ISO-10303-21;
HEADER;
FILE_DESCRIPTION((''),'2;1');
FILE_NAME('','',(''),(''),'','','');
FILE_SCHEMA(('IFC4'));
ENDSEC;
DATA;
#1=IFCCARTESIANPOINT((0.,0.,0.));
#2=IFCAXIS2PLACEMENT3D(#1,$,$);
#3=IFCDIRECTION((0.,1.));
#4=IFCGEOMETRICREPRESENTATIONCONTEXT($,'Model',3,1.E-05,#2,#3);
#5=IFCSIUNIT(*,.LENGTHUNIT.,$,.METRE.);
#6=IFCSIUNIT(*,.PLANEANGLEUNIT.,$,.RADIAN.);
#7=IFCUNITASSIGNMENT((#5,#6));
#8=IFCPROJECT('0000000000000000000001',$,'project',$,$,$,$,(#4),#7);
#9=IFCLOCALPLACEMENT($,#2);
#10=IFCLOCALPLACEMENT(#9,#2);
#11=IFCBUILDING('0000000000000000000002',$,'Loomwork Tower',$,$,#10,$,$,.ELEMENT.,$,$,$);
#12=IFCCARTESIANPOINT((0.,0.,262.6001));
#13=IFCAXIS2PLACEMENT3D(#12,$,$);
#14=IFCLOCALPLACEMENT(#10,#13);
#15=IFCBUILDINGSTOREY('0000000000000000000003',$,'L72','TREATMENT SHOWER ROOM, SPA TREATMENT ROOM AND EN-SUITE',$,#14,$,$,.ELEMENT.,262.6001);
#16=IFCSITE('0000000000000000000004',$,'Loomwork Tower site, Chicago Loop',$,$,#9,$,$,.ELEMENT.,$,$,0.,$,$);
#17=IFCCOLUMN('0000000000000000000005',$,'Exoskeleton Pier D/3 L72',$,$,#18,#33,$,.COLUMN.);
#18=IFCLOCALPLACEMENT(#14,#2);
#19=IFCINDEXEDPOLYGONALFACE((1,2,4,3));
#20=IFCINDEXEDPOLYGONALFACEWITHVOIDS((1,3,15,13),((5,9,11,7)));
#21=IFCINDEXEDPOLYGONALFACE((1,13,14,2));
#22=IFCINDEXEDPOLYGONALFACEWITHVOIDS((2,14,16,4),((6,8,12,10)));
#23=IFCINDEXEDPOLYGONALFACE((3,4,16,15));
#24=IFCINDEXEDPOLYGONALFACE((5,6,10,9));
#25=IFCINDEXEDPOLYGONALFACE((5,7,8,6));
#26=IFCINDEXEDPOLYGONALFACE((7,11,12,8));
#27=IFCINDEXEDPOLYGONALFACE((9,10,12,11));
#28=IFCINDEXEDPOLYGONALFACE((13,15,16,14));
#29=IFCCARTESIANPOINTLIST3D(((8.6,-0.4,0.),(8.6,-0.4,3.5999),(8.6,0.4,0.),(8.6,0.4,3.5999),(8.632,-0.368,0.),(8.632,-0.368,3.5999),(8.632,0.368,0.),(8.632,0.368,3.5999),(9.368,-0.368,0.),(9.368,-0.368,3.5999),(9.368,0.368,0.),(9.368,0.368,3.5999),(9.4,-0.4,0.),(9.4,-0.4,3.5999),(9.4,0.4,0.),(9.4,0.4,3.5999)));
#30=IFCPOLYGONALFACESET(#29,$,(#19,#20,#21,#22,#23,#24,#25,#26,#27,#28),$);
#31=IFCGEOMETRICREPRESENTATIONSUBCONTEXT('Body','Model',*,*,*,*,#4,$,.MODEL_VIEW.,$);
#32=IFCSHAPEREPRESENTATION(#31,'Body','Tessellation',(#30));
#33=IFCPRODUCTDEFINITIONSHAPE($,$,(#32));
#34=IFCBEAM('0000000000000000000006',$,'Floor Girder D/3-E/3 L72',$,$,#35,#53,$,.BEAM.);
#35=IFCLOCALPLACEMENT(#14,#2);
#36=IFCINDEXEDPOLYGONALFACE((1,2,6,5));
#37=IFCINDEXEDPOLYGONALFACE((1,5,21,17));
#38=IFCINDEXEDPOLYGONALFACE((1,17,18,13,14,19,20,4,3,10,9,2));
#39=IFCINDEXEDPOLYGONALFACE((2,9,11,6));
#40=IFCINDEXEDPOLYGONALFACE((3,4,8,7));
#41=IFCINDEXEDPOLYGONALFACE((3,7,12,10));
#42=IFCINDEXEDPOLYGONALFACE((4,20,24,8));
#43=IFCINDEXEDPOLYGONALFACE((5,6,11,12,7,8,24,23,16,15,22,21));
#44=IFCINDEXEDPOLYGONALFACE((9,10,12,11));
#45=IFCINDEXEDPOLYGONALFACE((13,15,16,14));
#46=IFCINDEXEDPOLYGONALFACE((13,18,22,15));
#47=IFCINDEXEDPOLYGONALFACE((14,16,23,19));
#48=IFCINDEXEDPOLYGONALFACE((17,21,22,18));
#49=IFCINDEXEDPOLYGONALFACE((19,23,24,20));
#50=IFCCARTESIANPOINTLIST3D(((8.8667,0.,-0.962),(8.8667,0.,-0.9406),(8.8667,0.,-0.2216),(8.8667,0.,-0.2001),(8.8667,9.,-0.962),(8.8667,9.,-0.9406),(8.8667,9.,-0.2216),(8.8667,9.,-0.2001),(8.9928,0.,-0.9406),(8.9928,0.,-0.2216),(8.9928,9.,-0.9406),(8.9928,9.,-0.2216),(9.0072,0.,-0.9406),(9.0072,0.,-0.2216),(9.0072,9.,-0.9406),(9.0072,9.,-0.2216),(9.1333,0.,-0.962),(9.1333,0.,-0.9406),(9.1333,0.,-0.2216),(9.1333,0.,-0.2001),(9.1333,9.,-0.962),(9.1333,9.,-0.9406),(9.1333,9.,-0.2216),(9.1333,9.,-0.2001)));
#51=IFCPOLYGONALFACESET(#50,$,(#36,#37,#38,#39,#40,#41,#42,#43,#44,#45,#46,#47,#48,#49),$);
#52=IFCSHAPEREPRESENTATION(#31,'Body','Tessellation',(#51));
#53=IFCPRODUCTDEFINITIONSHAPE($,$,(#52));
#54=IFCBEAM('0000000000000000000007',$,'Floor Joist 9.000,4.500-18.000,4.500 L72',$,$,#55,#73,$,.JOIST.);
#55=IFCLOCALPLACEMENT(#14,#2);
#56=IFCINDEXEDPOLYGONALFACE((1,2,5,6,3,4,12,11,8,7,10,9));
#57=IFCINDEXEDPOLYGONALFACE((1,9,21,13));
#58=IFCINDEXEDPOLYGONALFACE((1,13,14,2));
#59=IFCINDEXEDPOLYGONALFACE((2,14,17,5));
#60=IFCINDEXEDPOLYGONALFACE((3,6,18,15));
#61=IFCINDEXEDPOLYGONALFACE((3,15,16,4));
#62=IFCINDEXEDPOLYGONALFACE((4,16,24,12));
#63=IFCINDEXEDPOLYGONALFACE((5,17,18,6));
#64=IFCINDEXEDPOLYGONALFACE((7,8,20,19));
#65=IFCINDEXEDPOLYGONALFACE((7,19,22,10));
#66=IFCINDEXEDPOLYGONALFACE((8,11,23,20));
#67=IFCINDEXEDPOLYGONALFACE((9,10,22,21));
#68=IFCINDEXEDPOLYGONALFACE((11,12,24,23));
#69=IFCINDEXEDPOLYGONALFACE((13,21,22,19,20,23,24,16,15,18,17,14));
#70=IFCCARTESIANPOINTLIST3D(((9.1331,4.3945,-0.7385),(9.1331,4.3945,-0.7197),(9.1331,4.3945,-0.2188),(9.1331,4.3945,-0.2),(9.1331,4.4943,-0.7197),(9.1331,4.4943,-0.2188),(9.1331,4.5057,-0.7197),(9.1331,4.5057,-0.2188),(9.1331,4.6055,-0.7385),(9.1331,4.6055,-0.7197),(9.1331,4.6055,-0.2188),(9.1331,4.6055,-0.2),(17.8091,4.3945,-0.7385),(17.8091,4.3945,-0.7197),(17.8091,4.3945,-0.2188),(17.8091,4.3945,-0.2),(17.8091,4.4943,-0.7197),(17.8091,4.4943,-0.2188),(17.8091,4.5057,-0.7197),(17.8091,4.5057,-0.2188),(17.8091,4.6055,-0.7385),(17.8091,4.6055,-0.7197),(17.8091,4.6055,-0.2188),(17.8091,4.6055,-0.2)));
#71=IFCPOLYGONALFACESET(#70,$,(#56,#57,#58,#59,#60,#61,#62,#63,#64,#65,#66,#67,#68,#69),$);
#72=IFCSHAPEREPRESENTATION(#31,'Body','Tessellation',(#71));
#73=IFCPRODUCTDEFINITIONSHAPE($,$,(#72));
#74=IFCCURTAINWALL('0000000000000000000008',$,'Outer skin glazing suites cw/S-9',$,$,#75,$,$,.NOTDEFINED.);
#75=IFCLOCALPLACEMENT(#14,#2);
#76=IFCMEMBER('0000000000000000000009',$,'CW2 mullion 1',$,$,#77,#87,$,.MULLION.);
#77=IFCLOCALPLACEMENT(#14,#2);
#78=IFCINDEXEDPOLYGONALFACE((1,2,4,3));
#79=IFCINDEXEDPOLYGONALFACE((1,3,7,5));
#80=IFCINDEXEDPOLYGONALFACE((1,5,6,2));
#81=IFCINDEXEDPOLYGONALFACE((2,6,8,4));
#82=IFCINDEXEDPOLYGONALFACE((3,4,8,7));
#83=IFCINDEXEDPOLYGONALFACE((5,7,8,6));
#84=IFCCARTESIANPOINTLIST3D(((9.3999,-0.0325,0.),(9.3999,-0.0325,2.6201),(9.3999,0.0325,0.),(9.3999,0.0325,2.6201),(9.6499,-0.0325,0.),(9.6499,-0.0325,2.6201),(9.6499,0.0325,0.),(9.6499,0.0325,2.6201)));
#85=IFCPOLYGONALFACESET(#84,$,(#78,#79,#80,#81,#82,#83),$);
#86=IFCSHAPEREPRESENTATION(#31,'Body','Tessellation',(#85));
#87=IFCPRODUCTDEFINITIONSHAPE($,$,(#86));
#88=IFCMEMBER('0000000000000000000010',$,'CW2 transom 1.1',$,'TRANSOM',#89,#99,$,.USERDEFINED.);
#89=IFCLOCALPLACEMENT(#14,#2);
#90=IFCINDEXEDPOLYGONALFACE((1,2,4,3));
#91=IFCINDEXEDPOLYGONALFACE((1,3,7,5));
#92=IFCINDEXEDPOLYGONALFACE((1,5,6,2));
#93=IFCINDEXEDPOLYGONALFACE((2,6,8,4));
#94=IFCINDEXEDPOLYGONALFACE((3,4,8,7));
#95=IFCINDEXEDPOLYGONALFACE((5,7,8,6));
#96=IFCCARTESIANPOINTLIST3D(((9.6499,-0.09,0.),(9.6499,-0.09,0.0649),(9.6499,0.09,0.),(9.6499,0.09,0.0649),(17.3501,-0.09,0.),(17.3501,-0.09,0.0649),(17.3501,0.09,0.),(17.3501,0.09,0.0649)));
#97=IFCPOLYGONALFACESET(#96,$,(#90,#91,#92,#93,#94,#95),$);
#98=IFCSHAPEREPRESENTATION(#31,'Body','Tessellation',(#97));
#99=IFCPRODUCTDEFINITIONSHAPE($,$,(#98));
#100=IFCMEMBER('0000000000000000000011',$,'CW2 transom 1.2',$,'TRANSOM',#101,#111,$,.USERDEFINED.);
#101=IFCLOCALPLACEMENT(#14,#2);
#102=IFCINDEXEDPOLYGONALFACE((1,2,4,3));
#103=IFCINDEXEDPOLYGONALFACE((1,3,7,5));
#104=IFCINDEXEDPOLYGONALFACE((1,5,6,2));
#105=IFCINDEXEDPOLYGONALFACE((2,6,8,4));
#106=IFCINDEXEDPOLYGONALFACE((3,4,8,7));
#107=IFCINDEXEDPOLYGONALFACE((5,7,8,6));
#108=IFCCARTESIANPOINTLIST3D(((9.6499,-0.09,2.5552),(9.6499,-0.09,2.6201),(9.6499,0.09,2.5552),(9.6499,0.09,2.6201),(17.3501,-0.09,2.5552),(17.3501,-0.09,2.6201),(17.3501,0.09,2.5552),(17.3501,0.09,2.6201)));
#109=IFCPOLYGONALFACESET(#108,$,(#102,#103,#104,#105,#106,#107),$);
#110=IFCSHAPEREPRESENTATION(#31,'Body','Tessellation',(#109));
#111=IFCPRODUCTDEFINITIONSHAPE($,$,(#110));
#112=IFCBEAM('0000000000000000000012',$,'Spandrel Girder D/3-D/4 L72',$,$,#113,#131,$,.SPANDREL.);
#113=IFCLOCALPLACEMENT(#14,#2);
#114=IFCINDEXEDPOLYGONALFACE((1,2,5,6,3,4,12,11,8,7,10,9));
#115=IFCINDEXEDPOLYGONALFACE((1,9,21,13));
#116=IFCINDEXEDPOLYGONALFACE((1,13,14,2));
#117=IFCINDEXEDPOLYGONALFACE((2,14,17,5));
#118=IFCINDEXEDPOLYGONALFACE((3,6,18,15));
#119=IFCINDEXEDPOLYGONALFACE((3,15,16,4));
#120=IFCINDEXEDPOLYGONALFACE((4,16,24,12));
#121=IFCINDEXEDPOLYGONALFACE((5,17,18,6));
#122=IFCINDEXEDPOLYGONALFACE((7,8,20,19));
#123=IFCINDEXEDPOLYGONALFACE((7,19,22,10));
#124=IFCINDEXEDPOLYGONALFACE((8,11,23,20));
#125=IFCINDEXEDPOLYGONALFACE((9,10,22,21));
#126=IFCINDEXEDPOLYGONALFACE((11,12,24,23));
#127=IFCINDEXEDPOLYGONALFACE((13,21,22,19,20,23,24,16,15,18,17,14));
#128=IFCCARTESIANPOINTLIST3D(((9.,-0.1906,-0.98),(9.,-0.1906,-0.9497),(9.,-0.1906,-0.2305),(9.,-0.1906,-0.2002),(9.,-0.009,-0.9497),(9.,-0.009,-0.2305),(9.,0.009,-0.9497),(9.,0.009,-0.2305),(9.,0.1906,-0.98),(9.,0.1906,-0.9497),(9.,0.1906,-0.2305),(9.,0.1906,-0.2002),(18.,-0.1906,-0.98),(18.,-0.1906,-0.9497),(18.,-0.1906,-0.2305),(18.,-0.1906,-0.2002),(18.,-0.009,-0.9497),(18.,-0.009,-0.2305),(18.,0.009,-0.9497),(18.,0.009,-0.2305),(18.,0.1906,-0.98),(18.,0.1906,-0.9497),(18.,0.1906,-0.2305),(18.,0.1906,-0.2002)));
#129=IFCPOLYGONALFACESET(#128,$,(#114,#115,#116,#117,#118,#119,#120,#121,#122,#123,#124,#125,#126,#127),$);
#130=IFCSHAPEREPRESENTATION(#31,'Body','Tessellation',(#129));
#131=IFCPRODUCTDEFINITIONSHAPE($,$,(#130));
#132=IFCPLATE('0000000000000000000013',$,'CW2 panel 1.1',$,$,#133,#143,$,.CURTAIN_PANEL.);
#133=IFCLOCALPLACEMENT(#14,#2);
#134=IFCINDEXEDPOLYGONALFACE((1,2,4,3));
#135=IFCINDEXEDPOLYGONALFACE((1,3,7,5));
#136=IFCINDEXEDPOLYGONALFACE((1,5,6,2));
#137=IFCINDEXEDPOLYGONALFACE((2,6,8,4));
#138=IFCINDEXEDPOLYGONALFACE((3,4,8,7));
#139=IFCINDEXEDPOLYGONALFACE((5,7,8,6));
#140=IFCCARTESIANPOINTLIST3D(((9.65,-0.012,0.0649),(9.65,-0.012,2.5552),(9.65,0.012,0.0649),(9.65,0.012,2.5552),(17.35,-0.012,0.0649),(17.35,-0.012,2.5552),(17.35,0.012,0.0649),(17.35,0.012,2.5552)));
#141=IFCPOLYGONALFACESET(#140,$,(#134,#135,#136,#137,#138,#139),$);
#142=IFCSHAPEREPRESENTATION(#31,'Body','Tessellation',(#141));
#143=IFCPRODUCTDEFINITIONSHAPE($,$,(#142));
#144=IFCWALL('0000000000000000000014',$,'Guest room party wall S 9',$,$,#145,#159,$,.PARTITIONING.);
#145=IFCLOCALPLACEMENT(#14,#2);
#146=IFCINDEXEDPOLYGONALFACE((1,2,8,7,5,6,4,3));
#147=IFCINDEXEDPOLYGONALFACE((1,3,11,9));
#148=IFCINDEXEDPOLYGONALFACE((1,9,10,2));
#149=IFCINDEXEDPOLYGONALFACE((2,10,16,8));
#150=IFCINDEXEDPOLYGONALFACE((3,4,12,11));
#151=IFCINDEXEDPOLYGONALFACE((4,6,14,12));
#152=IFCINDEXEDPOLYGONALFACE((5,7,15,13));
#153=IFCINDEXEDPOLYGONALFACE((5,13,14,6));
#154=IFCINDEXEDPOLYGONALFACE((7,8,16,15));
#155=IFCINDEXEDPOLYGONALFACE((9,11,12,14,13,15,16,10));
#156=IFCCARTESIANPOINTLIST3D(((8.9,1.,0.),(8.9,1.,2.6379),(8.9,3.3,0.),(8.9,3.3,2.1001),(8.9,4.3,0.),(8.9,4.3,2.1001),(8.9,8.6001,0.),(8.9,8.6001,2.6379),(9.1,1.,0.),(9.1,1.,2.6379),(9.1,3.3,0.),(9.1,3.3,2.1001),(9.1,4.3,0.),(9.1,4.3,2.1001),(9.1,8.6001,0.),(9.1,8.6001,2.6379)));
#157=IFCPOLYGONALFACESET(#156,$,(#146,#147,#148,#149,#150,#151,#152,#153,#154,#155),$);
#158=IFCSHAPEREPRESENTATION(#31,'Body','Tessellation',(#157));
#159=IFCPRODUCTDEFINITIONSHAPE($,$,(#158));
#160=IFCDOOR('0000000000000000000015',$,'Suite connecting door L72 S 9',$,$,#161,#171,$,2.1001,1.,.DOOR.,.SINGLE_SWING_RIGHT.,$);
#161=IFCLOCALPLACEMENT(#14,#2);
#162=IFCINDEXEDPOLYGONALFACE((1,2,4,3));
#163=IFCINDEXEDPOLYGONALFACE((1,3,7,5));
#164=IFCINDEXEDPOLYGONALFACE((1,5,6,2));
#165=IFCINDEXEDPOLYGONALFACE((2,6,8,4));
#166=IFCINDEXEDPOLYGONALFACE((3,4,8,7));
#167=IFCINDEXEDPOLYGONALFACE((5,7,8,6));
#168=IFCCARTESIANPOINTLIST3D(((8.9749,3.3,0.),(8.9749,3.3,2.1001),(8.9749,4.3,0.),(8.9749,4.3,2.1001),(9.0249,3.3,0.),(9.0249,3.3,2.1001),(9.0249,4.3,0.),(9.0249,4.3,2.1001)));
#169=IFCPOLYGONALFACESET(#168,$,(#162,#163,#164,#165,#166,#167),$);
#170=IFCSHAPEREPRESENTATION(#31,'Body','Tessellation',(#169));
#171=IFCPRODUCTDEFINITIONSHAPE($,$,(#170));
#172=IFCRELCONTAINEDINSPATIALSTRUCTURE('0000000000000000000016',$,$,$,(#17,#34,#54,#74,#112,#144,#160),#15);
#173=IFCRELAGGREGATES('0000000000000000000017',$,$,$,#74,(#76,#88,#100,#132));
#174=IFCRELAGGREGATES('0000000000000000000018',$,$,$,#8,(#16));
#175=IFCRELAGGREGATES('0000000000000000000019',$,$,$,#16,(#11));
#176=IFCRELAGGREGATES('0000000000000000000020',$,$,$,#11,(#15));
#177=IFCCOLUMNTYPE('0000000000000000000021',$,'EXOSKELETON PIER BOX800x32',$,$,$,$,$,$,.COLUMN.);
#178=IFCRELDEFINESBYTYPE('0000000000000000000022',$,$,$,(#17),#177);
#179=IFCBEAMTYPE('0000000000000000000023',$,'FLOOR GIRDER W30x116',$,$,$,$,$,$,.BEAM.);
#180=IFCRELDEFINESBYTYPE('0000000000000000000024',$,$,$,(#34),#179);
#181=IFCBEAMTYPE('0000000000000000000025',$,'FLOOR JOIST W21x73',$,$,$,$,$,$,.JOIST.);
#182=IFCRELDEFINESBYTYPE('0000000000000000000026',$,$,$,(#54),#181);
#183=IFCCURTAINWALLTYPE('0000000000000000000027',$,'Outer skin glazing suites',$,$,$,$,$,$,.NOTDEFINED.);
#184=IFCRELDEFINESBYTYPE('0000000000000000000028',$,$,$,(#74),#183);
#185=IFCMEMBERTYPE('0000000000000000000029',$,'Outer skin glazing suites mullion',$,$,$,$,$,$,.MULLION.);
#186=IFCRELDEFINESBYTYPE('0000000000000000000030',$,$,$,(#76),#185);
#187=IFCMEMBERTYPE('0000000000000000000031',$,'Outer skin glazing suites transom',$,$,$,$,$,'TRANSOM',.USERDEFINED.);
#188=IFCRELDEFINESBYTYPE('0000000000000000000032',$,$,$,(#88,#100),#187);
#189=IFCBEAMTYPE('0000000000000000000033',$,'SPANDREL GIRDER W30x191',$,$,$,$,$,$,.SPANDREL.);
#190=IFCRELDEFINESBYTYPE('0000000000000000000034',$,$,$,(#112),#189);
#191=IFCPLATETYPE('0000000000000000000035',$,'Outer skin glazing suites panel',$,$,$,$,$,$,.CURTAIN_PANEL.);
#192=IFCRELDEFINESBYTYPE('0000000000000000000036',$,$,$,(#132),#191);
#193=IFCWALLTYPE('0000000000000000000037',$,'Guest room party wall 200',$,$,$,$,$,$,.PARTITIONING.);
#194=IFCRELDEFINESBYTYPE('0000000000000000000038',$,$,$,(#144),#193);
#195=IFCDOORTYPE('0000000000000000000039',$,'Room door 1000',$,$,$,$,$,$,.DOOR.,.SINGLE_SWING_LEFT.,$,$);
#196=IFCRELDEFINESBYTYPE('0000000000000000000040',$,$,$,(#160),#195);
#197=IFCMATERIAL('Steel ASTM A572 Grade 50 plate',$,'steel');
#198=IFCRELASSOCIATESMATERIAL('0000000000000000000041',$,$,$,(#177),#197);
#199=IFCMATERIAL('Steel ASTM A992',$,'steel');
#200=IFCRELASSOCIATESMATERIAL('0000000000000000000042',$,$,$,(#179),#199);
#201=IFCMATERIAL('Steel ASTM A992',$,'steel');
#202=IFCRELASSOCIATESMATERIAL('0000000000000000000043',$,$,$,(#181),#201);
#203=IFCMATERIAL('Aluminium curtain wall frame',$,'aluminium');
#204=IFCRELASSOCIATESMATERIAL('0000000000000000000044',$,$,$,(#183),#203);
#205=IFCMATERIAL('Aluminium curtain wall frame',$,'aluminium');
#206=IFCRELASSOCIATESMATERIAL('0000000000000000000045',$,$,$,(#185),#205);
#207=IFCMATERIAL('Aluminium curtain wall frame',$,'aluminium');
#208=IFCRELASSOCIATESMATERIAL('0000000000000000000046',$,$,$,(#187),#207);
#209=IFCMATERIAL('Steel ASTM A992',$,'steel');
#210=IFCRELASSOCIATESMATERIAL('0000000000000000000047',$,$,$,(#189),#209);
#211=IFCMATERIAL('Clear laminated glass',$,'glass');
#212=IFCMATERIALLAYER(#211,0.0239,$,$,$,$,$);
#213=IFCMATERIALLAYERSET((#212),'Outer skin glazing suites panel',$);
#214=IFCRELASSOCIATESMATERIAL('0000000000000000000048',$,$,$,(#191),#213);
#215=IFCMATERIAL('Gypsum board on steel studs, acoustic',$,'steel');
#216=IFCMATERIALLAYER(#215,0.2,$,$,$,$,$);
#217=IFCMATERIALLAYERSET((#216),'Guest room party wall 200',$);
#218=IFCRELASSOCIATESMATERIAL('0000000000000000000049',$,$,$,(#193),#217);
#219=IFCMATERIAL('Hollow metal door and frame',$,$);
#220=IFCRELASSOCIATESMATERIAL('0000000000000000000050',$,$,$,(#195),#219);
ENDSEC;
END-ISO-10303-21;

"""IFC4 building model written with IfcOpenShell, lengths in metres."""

from ifc_helpers import new_model, si_unit, direction, frame, frame_2d, origin, origin_2d, place, context, subcontext, project, spatial, rectangle, hollow_rectangle, i_section, extrude, material, layer, layer_set, material_profile, profile_set, type_object, element, fill, aggregate, save


model = new_model("IFC4")

# Units and contexts
model_context = context("Model", 3, precision=1e-05, world=origin(), true_north=direction((0.0, 1.0)))
body_context = subcontext(model_context, "Body", "Model", "MODEL_VIEW")
ifc_project = project(units=[si_unit("LENGTHUNIT", "METRE"), si_unit("PLANEANGLEUNIT", "RADIAN")], contexts=[model_context])

# Site, building, storey
site_placement = place(None, origin())
site = spatial("IfcSite", under=ifc_project, at=site_placement, Name="Loomwork Tower site, Chicago Loop", CompositionType="ELEMENT", RefElevation=0.0)
building_placement = place(site_placement, origin())
building = spatial("IfcBuilding", under=site, at=building_placement, Name="Loomwork Tower", CompositionType="ELEMENT")
storey_placement = place(building_placement, frame((0.0, 0.0, 262.6001)))
storey = spatial("IfcBuildingStorey", under=building, at=storey_placement, Name="L72", Description="TREATMENT SHOWER ROOM, SPA TREATMENT ROOM AND EN-SUITE", CompositionType="ELEMENT", Elevation=262.6001)

# Column
ifc_material_1 = material(Name="Steel ASTM A572 Grade 50 plate", Category="steel")
ifc_material_profile_1 = material_profile(ifc_material_1, hollow_rectangle(XDim=0.8, YDim=0.8, WallThickness=0.032, at=origin_2d()), Name="BOX800x32")
ifc_profile_set_1 = profile_set([ifc_material_profile_1], Name="Steel ASTM A572 Grade 50 plate")
column_type = type_object("IfcColumnType", Name="EXOSKELETON PIER BOX800x32", PredefinedType="COLUMN", material=ifc_profile_set_1)
column_placement = place(storey_placement, frame((9.0, 0.0, 0.0), z_axis=(0.0, 0.0, 1.0), x_axis=(1.0, 0.0, 0.0)))
element("IfcColumn", 1, at=column_placement, inside=storey, type_object=column_type, Name="Exoskeleton Pier D/3 L72", PredefinedType="COLUMN", context=body_context, shape_type="SweptSolid", body=[
    extrude(hollow_rectangle(XDim=0.8, YDim=0.8, WallThickness=0.032, at=origin_2d()), origin(), (0.0, 0.0, 1.0), 3.5999),
])

# Beams
ifc_material_2 = material(Name="Steel ASTM A992", Category="steel")
ifc_material_profile_2 = material_profile(ifc_material_2, i_section(OverallWidth=0.2666, OverallDepth=0.762, WebThickness=0.0144, FlangeThickness=0.0215, at=origin_2d()), Name="W30x116")
ifc_profile_set_2 = profile_set([ifc_material_profile_2], Name="Steel ASTM A992")
beam_type_1 = type_object("IfcBeamType", Name="FLOOR GIRDER W30x116", PredefinedType="BEAM", material=ifc_profile_set_2)
beam_1_placement = place(storey_placement, frame((9.0, 0.0, -0.5811), z_axis=(0.0, 1.0, 0.0), x_axis=(-1.0, 0.0, 0.0)))
element("IfcBeam", 2, at=beam_1_placement, inside=storey, type_object=beam_type_1, Name="Floor Girder D/3-E/3 L72", PredefinedType="BEAM", context=body_context, shape_type="SweptSolid", body=[
    extrude(i_section(OverallWidth=0.2666, OverallDepth=0.762, WebThickness=0.0144, FlangeThickness=0.0215, at=origin_2d()), origin(), (0.0, 0.0, 1.0), 9.0),
])
ifc_material_3 = material(Name="Steel ASTM A992", Category="steel")
ifc_material_profile_3 = material_profile(ifc_material_3, i_section(OverallWidth=0.2109, OverallDepth=0.5386, WebThickness=0.0115, FlangeThickness=0.0188, at=origin_2d()), Name="W21x73")
ifc_profile_set_3 = profile_set([ifc_material_profile_3], Name="Steel ASTM A992")
beam_type_2 = type_object("IfcBeamType", Name="FLOOR JOIST W21x73", PredefinedType="JOIST", material=ifc_profile_set_3)
beam_2_placement = place(storey_placement, frame((9.1331, 4.5, -0.4692), z_axis=(1.0, 0.0, 0.0), x_axis=(0.0, 1.0, 0.0)))
element("IfcBeam", 3, at=beam_2_placement, inside=storey, type_object=beam_type_2, Name="Floor Joist 9.000,4.500-18.000,4.500 L72", PredefinedType="JOIST", context=body_context, shape_type="SweptSolid", body=[
    extrude(i_section(OverallWidth=0.2109, OverallDepth=0.5386, WebThickness=0.0115, FlangeThickness=0.0188, at=origin_2d()), origin(), (0.0, 0.0, 1.0), 8.676),
])

# Curtain wall, members
ifc_material_4 = material(Name="Aluminium curtain wall frame", Category="aluminium")
curtain_wall_type = type_object("IfcCurtainWallType", Name="Outer skin glazing suites", PredefinedType="NOTDEFINED", material=ifc_material_4)
curtain_wall_placement = place(storey_placement, origin())
curtain_wall = element("IfcCurtainWall", 4, at=curtain_wall_placement, inside=storey, type_object=curtain_wall_type, Name="Outer skin glazing suites cw/S-9", PredefinedType="NOTDEFINED")
ifc_material_5 = material(Name="Aluminium curtain wall frame", Category="aluminium")
ifc_material_profile_4 = material_profile(ifc_material_5, rectangle(XDim=0.0649, YDim=0.25, at=origin_2d()), Name="AL 65x250")
ifc_profile_set_4 = profile_set([ifc_material_profile_4], Name="Aluminium curtain wall frame")
member_type_1 = type_object("IfcMemberType", Name="Outer skin glazing suites mullion", PredefinedType="MULLION", material=ifc_profile_set_4)
member_1_placement = place(storey_placement, frame((9.5249, 0.0, 0.0), z_axis=(0.0, 0.0, 1.0), x_axis=(0.0, 1.0, 0.0)))
member_1 = element("IfcMember", 5, at=member_1_placement, type_object=member_type_1, Name="CW2 mullion 1", PredefinedType="MULLION", context=body_context, shape_type="SweptSolid", body=[
    extrude(rectangle(XDim=0.0649, YDim=0.25, at=origin_2d()), origin(), (0.0, 0.0, 1.0), 2.6201),
])
ifc_material_6 = material(Name="Aluminium curtain wall frame", Category="aluminium")
ifc_material_profile_5 = material_profile(ifc_material_6, rectangle(XDim=0.1799, YDim=0.0649, at=origin_2d()), Name="AL 65x180")
ifc_profile_set_5 = profile_set([ifc_material_profile_5], Name="Aluminium curtain wall frame")
member_type_2 = type_object("IfcMemberType", Name="Outer skin glazing suites transom", ElementType="TRANSOM", PredefinedType="USERDEFINED", material=ifc_profile_set_5)
member_2_placement = place(storey_placement, frame((9.6499, 0.0, 0.0325), z_axis=(1.0, 0.0, 0.0), x_axis=(0.0, 1.0, 0.0)))
member_2 = element("IfcMember", 6, at=member_2_placement, type_object=member_type_2, Name="CW2 transom 1.1", ObjectType="TRANSOM", PredefinedType="USERDEFINED", context=body_context, shape_type="SweptSolid", body=[
    extrude(rectangle(XDim=0.1799, YDim=0.0649, at=origin_2d()), origin(), (0.0, 0.0, 1.0), 7.7002),
])
member_3_placement = place(storey_placement, frame((9.6499, 0.0, 2.5876), z_axis=(1.0, 0.0, 0.0), x_axis=(0.0, 1.0, 0.0)))
member_3 = element("IfcMember", 7, at=member_3_placement, type_object=member_type_2, Name="CW2 transom 1.2", ObjectType="TRANSOM", PredefinedType="USERDEFINED", context=body_context, shape_type="SweptSolid", body=[
    extrude(rectangle(XDim=0.1799, YDim=0.0649, at=origin_2d()), origin(), (0.0, 0.0, 1.0), 7.7002),
])

# Beam
ifc_material_7 = material(Name="Steel ASTM A992", Category="steel")
ifc_material_profile_6 = material_profile(ifc_material_7, i_section(OverallWidth=0.3811, OverallDepth=0.7798, WebThickness=0.0181, FlangeThickness=0.0303, at=origin_2d()), Name="W30x191")
ifc_profile_set_6 = profile_set([ifc_material_profile_6], Name="Steel ASTM A992")
beam_type_3 = type_object("IfcBeamType", Name="SPANDREL GIRDER W30x191", PredefinedType="SPANDREL", material=ifc_profile_set_6)
beam_3_placement = place(storey_placement, frame((9.0, 0.0, -0.5901), z_axis=(1.0, 0.0, 0.0), x_axis=(0.0, 1.0, 0.0)))
element("IfcBeam", 8, at=beam_3_placement, inside=storey, type_object=beam_type_3, Name="Spandrel Girder D/3-D/4 L72", PredefinedType="SPANDREL", context=body_context, shape_type="SweptSolid", body=[
    extrude(i_section(OverallWidth=0.3811, OverallDepth=0.7798, WebThickness=0.0181, FlangeThickness=0.0303, at=origin_2d()), origin(), (0.0, 0.0, 1.0), 9.0),
])

# Plate
ifc_material_8 = material(Name="Clear laminated glass", Category="glass")
ifc_layer_1 = layer(ifc_material_8, 0.0239)
ifc_layer_set_1 = layer_set([ifc_layer_1], Name="Outer skin glazing suites panel")
plate_type = type_object("IfcPlateType", Name="Outer skin glazing suites panel", PredefinedType="CURTAIN_PANEL", material=ifc_layer_set_1)
plate_placement = place(storey_placement, frame((13.5, 0.0, 0.0649), z_axis=(0.0, 0.0, 1.0), x_axis=(1.0, 0.0, 0.0)))
plate = element("IfcPlate", 9, at=plate_placement, type_object=plate_type, Name="CW2 panel 1.1", PredefinedType="CURTAIN_PANEL", context=body_context, shape_type="SweptSolid", body=[
    extrude(rectangle(XDim=7.7, YDim=0.0239, at=origin_2d()), origin(), (0.0, 0.0, 1.0), 2.4902),
])
aggregate(curtain_wall, [member_1, member_2, member_3, plate])

# Wall, opening, door
ifc_material_9 = material(Name="Gypsum board on steel studs, acoustic", Category="steel")
ifc_layer_2 = layer(ifc_material_9, 0.2)
ifc_layer_set_2 = layer_set([ifc_layer_2], Name="Guest room party wall 200")
wall_type_1 = type_object("IfcWallType", Name="Guest room party wall 200", PredefinedType="PARTITIONING", material=ifc_layer_set_2)
wall_1_placement = place(storey_placement, frame((9.0, 8.6001, 0.0), z_axis=(0.0, 0.0, 1.0), x_axis=(0.0, -1.0, 0.0)))
wall_1 = element("IfcWall", 10, at=wall_1_placement, inside=storey, type_object=wall_type_1, Name="Guest room party wall S 9", PredefinedType="PARTITIONING", context=body_context, shape_type="SweptSolid", body=[
    extrude(rectangle(XDim=7.6001, YDim=0.2, at=frame_2d((3.8, 0.0))), origin(), (0.0, 0.0, 1.0), 2.6379),
])
opening_1_placement = place(wall_1_placement, frame((4.3, 0.0, 0.0)))
opening_1 = element("IfcOpeningElement", 11, at=opening_1_placement, cuts=wall_1, PredefinedType="OPENING", context=body_context, shape_type="SweptSolid", body=[
    extrude(rectangle(XDim=1.0, YDim=2.1001, at=frame_2d((0.5, 1.05))), frame((0.0, 0.1099, 0.0), z_axis=(0.0, -1.0, 0.0), x_axis=(1.0, 0.0, 0.0)), (0.0, 0.0, 1.0), 0.22),
])
ifc_material_10 = material(Name="Hollow metal door and frame")
door_type = type_object("IfcDoorType", Name="Room door 1000", OperationType="SINGLE_SWING_LEFT", PredefinedType="DOOR", material=ifc_material_10)
door_placement = place(opening_1_placement, origin())
door = element("IfcDoor", 12, at=door_placement, inside=storey, type_object=door_type, Name="Suite connecting door L72 S 9", OperationType="SINGLE_SWING_RIGHT", OverallHeight=2.1001, OverallWidth=1.0, PredefinedType="DOOR", context=body_context, shape_type="SweptSolid", body=[
    extrude(rectangle(XDim=1.0, YDim=2.1001, at=frame_2d((0.5, 1.05))), frame((0.0, 0.0249, 0.0), z_axis=(0.0, -1.0, 0.0), x_axis=(1.0, 0.0, 0.0)), (0.0, 0.0, 1.0), 0.05),
])
fill(opening_1, door)

save(model, "model.ifc")
